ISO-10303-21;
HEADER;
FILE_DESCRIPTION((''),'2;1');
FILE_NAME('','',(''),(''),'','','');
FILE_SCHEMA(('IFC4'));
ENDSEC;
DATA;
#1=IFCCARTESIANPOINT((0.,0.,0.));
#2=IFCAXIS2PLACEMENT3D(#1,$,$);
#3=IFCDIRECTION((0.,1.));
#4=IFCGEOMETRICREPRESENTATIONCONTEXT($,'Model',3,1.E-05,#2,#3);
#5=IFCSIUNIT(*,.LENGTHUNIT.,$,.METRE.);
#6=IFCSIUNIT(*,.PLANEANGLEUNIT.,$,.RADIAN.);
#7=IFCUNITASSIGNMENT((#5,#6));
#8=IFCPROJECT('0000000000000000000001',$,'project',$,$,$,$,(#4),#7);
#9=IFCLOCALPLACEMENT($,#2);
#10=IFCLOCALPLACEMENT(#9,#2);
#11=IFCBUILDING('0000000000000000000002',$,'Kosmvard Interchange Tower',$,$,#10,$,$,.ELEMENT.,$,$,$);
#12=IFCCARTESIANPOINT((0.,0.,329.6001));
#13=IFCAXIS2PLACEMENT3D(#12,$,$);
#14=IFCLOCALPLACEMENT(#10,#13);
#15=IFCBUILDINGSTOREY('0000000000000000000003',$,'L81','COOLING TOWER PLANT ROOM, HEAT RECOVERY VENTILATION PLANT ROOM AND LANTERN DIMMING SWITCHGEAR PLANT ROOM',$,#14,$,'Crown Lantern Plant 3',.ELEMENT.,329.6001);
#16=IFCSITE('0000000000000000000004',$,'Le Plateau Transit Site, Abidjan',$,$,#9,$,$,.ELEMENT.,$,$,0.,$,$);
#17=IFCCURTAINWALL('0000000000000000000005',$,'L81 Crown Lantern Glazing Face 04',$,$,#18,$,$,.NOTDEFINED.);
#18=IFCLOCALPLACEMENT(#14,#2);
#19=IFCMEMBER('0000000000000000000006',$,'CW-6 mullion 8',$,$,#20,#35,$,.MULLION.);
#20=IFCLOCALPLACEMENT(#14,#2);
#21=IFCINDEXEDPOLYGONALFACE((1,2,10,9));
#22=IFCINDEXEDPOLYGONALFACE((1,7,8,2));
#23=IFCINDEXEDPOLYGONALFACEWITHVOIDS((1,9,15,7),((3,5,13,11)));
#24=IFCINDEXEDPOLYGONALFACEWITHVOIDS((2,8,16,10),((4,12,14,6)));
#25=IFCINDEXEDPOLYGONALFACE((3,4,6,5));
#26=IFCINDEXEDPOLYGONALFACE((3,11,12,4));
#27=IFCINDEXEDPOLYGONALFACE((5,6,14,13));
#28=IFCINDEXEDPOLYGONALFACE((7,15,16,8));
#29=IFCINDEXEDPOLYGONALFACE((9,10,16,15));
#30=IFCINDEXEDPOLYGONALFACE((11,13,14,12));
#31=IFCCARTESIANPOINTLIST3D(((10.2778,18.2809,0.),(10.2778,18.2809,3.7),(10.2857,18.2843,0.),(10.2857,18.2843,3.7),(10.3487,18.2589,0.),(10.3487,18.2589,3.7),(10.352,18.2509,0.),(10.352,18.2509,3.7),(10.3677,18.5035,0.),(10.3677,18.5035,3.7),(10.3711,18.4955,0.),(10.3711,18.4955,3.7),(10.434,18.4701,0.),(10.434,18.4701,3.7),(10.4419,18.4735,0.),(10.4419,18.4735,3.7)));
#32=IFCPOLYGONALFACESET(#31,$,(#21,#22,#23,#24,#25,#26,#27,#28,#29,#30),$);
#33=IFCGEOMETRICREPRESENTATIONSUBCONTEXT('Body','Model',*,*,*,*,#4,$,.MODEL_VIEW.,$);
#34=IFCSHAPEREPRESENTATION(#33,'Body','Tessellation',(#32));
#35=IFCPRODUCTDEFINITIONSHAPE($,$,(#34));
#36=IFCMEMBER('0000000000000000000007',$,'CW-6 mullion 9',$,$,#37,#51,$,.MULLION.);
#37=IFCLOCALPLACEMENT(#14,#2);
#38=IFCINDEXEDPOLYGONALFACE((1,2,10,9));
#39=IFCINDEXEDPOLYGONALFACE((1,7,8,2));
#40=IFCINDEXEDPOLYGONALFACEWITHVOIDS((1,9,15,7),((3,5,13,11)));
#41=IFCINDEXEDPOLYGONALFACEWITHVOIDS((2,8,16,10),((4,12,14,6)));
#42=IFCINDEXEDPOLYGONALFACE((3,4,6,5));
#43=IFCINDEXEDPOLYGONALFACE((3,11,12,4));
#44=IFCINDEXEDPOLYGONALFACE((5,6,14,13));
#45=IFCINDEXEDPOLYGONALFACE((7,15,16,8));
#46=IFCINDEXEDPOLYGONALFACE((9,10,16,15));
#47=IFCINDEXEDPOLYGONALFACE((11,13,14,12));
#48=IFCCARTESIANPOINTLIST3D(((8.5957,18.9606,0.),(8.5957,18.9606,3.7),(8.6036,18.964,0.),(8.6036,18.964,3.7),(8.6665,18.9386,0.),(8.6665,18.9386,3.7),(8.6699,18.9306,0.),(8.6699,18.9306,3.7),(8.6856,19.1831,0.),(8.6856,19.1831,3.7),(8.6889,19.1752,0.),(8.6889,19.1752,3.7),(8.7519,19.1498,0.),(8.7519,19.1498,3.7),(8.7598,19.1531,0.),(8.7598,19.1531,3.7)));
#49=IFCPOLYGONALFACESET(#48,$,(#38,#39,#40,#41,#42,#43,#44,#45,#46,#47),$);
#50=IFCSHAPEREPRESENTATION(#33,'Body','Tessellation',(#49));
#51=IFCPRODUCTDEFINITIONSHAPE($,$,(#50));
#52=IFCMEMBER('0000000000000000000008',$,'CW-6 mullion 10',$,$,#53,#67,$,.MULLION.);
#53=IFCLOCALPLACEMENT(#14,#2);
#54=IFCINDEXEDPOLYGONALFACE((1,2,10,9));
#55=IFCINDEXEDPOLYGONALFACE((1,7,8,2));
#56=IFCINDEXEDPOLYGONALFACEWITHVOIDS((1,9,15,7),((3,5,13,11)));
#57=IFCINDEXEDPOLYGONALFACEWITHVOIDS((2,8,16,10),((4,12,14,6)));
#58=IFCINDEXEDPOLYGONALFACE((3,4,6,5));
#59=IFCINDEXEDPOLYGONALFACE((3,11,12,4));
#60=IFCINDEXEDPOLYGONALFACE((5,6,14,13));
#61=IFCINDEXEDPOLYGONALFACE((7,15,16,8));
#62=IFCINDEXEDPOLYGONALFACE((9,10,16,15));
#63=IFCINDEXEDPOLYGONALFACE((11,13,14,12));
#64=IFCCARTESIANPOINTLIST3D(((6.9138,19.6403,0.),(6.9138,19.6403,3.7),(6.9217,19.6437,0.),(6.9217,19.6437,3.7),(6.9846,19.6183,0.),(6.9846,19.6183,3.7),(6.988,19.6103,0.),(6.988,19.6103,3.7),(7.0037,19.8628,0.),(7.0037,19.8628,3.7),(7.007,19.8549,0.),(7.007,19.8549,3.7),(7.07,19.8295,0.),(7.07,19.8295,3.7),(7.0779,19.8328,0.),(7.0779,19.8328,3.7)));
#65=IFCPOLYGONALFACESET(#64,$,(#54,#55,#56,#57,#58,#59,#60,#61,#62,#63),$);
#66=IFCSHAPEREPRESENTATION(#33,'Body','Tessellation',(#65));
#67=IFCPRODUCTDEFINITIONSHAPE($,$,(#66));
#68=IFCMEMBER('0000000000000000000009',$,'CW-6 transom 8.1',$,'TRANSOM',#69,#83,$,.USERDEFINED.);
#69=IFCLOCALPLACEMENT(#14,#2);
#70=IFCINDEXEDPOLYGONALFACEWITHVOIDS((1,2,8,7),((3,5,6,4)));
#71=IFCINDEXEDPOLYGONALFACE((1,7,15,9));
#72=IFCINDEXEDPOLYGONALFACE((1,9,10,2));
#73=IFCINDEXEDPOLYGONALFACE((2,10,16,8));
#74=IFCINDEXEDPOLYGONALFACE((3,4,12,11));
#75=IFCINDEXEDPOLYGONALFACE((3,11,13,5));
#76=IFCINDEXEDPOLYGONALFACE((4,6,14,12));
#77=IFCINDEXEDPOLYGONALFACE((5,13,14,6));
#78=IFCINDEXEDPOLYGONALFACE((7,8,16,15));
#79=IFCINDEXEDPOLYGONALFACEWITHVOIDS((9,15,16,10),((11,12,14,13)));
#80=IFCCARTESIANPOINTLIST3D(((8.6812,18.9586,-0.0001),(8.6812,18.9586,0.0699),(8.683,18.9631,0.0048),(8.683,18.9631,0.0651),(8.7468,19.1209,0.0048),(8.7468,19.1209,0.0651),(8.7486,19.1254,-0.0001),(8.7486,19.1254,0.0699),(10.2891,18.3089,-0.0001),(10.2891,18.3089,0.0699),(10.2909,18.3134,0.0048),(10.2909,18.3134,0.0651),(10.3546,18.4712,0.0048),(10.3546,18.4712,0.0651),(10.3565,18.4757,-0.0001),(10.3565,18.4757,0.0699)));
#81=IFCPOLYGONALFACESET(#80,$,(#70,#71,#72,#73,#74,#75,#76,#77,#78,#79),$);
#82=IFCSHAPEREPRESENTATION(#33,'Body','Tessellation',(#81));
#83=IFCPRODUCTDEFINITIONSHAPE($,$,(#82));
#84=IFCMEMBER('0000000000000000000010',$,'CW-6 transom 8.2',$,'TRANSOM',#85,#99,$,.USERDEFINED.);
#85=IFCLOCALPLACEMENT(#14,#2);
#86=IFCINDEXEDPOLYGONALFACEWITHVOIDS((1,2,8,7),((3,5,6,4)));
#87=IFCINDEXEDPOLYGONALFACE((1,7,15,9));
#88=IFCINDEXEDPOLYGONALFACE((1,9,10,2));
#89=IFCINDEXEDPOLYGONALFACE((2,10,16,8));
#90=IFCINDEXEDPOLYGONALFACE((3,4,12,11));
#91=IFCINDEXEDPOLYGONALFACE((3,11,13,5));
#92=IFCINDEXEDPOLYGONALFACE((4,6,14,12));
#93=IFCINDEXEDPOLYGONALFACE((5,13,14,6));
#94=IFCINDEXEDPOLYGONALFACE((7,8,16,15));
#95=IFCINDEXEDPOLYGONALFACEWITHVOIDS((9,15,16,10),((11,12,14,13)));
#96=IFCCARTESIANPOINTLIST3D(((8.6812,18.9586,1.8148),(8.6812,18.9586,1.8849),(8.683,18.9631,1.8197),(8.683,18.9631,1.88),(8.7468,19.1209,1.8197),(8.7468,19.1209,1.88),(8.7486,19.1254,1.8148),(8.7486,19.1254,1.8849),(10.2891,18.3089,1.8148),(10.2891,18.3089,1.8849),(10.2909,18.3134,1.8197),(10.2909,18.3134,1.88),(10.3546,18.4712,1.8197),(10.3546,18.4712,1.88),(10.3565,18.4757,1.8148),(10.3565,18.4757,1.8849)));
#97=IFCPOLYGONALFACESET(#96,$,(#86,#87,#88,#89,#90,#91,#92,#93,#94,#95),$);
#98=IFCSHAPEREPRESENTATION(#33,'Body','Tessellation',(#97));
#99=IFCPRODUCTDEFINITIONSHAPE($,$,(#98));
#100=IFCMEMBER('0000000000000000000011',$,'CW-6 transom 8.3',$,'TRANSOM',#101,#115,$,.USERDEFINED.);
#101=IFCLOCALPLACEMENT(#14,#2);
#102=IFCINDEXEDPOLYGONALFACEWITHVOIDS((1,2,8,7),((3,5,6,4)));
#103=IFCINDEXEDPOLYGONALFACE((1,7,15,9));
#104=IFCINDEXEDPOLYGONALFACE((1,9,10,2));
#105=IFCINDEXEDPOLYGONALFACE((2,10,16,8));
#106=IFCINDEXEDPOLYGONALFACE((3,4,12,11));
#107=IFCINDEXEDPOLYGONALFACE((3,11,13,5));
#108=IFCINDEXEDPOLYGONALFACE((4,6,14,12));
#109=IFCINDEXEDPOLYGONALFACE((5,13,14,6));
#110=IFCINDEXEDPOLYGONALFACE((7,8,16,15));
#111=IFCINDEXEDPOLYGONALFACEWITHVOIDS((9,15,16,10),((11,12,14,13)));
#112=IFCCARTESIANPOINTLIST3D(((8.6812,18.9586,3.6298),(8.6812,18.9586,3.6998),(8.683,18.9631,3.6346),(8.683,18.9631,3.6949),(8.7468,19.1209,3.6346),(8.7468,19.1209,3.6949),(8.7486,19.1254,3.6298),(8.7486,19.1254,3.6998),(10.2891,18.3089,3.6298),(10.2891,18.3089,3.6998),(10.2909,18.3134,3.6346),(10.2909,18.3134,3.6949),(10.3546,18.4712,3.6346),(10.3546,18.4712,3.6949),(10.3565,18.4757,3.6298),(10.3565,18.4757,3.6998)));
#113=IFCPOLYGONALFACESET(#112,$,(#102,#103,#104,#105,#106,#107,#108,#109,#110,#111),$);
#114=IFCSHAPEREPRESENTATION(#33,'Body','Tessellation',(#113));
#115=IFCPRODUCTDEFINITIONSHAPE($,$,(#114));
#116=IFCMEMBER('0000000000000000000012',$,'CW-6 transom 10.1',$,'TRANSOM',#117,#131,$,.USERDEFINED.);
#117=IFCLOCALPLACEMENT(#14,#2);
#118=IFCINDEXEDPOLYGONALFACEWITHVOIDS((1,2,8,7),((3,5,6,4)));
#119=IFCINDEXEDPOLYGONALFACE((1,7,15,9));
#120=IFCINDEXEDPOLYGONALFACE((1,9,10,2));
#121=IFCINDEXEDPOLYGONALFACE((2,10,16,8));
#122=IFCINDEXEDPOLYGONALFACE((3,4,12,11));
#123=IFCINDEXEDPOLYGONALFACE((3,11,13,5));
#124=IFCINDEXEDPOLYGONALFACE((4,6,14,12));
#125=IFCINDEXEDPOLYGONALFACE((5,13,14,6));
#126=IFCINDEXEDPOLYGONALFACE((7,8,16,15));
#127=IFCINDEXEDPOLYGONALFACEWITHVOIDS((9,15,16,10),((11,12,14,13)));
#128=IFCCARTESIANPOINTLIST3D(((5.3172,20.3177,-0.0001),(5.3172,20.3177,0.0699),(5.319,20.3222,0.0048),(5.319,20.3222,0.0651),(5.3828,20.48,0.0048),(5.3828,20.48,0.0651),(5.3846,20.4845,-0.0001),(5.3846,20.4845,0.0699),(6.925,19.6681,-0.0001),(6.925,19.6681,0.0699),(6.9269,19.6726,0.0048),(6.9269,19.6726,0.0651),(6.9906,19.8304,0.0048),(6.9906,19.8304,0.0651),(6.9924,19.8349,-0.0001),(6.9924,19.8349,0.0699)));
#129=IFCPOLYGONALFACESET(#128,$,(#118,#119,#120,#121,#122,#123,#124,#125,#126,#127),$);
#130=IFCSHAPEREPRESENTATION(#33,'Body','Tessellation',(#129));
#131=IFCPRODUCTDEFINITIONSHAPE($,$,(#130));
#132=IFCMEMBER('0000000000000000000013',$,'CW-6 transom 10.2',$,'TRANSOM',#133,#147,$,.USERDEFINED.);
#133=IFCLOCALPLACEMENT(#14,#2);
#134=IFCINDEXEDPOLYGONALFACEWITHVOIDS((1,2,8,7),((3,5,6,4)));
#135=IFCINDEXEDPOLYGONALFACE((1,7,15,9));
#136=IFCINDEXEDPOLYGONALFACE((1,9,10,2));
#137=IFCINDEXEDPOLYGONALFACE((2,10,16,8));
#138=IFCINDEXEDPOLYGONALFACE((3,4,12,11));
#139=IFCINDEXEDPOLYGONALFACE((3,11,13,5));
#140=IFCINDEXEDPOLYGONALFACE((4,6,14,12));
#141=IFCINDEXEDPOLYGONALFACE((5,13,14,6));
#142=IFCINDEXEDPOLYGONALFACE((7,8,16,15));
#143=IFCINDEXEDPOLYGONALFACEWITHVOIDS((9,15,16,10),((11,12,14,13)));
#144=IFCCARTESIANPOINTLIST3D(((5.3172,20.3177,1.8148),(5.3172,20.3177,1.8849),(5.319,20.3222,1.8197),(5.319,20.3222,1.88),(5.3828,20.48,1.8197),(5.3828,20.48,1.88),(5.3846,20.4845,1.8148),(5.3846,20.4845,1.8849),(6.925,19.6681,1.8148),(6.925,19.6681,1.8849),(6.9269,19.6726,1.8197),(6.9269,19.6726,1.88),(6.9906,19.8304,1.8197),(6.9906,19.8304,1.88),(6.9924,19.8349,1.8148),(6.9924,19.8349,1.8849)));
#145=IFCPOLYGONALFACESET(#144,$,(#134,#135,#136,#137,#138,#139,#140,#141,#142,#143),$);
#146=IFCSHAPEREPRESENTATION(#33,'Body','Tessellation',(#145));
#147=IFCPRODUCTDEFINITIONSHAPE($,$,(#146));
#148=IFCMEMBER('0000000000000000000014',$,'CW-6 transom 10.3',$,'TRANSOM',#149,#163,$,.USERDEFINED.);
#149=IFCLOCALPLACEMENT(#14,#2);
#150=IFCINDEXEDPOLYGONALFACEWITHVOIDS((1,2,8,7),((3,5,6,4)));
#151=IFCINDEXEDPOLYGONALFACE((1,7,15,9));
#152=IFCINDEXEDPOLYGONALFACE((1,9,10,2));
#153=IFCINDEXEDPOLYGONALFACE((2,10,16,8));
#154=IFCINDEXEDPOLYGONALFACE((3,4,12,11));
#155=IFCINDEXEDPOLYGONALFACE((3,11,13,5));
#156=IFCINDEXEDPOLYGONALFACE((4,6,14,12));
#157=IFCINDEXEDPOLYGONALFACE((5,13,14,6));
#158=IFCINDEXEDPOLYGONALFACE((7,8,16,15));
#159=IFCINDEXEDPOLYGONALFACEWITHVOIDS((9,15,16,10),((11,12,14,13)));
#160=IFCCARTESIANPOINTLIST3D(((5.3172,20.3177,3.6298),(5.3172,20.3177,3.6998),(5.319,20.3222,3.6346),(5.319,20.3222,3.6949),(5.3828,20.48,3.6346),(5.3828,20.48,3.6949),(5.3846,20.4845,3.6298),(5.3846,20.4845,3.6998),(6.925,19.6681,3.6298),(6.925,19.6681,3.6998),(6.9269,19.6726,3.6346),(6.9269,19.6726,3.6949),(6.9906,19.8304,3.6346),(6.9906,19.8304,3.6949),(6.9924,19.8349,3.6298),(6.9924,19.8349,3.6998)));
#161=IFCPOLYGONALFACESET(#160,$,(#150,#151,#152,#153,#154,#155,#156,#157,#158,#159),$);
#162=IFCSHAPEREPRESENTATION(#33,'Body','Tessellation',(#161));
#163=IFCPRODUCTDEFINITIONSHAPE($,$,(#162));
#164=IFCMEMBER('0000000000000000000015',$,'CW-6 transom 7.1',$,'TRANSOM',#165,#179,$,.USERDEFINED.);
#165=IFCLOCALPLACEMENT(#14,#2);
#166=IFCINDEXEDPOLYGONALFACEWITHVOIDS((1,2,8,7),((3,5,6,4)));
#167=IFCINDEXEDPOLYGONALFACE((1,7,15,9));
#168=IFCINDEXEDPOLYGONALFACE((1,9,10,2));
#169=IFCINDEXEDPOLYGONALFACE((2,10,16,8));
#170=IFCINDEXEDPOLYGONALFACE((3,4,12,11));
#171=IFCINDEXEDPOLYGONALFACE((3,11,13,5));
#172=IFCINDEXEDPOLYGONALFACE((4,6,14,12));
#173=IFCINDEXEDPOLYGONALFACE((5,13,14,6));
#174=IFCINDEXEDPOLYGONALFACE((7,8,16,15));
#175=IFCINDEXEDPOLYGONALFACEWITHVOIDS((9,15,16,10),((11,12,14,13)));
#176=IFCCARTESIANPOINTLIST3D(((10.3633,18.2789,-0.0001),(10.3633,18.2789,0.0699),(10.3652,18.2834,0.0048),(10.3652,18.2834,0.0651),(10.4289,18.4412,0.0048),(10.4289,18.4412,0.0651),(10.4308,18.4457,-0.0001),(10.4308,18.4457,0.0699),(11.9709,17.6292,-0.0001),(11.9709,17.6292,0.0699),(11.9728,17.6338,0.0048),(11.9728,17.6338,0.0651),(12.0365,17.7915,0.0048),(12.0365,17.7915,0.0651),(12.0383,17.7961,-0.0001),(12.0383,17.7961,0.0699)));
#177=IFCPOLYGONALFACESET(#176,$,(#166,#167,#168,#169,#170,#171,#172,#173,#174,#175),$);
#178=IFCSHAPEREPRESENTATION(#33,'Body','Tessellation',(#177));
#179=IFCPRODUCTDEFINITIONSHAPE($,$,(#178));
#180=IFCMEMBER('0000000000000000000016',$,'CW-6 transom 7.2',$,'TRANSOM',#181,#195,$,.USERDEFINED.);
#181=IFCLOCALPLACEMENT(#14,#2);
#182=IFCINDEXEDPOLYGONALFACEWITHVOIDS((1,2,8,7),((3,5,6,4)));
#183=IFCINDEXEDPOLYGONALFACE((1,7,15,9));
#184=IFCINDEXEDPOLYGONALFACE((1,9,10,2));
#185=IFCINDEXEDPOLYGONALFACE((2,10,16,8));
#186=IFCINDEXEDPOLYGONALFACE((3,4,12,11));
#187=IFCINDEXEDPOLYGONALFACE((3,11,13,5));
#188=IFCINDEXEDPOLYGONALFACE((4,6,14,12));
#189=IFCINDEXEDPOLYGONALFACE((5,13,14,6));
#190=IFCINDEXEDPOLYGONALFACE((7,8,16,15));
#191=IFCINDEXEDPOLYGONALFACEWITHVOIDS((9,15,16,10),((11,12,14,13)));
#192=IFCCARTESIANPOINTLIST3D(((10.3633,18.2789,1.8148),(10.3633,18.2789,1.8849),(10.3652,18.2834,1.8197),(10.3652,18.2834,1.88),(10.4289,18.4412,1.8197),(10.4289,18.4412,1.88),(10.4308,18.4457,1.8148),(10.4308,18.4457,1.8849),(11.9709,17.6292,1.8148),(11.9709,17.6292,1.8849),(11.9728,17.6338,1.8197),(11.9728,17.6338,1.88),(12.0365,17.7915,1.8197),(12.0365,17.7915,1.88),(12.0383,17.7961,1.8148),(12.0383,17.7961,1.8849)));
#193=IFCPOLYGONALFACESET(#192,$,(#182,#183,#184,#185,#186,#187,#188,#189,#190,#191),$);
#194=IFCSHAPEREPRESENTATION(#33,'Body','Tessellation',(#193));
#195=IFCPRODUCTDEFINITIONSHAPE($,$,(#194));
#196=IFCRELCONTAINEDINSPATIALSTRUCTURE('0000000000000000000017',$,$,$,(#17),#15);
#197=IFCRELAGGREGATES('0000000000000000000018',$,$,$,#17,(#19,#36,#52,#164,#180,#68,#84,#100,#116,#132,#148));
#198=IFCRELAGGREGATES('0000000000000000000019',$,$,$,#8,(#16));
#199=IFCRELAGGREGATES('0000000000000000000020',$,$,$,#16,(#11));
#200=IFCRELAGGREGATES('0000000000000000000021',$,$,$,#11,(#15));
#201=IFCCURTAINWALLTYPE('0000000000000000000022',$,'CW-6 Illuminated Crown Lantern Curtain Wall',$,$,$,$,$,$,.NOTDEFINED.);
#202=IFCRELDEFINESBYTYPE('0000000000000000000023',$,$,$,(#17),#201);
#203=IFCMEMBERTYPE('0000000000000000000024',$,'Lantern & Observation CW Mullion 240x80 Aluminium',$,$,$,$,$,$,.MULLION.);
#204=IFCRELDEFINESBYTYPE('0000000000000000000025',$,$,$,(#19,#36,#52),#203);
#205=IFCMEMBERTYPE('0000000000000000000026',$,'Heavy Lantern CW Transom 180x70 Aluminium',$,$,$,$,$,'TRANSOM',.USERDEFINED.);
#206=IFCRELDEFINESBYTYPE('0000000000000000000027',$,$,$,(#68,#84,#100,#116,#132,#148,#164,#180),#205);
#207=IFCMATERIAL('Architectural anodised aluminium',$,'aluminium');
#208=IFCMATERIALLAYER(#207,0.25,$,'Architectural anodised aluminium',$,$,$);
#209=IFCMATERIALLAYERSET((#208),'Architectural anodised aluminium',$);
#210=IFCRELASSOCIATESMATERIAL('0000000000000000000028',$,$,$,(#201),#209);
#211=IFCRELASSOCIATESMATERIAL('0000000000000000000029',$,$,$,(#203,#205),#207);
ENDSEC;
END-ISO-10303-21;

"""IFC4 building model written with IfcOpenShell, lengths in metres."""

from ifc_helpers import new_model, si_unit, direction, frame, origin, origin_2d, place, context, subcontext, project, spatial, hollow_rectangle, extrude, source, transform, mapped, material, layer, layer_set, material_profile, profile_set, type_object, element, aggregate, save


model = new_model("IFC4")

# Units and contexts
model_context = context("Model", 3, precision=1e-05, world=origin(), true_north=direction((0.0, 1.0)))
body_context = subcontext(model_context, "Body", "Model", "MODEL_VIEW")
ifc_project = project(units=[si_unit("LENGTHUNIT", "METRE"), si_unit("PLANEANGLEUNIT", "RADIAN")], contexts=[model_context])

# Site, building, storey
site_placement = place(None, origin())
site = spatial("IfcSite", under=ifc_project, at=site_placement, Name="Le Plateau Transit Site, Abidjan", CompositionType="ELEMENT", RefElevation=0.0)
building_placement = place(site_placement, origin())
building = spatial("IfcBuilding", under=site, at=building_placement, Name="Kosmvard Interchange Tower", CompositionType="ELEMENT")
storey_placement = place(building_placement, frame((0.0, 0.0, 329.6001)))
storey = spatial("IfcBuildingStorey", under=building, at=storey_placement, Name="L81", Description="COOLING TOWER PLANT ROOM, HEAT RECOVERY VENTILATION PLANT ROOM AND LANTERN DIMMING SWITCHGEAR PLANT ROOM", LongName="Crown Lantern Plant 3", CompositionType="ELEMENT", Elevation=329.6001)

# Curtain wall, members
ifc_material_1 = material(Name="Architectural anodised aluminium", Category="aluminium")
ifc_layer_1 = layer(ifc_material_1, 0.25, Name="Architectural anodised aluminium")
ifc_layer_set_1 = layer_set([ifc_layer_1], Name="Architectural anodised aluminium")
curtain_wall_type = type_object("IfcCurtainWallType", Name="CW-6 Illuminated Crown Lantern Curtain Wall", PredefinedType="NOTDEFINED", material=ifc_layer_set_1)
curtain_wall_placement = place(storey_placement, origin())
curtain_wall = element("IfcCurtainWall", 1, at=curtain_wall_placement, inside=storey, type_object=curtain_wall_type, Name="L81 Crown Lantern Glazing Face 04", PredefinedType="NOTDEFINED")
ifc_material_profile_1 = material_profile(ifc_material_1, hollow_rectangle(XDim=0.24, YDim=0.0801, WallThickness=0.0061, at=origin_2d()), Name="CWM 240x80x6")
ifc_profile_set_1 = profile_set([ifc_material_profile_1], Name="Architectural anodised aluminium")
member_type_1 = type_object("IfcMemberType", Name="Lantern & Observation CW Mullion 240x80 Aluminium", PredefinedType="MULLION", material=ifc_profile_set_1)
shared_shape_1 = source(origin(), body_context, "Body", "SweptSolid", [
    extrude(hollow_rectangle(XDim=0.24, YDim=0.0801, WallThickness=0.0061, at=origin_2d()), origin(), (0.0, 0.0, 1.0), 3.7),
])
member_1_placement = place(storey_placement, frame((10.3599, 18.3772, 0.0), z_axis=(0.0, 0.0, 1.0), x_axis=(-0.374607, -0.927184, 0.0)))
member_1 = element("IfcMember", 2, at=member_1_placement, type_object=member_type_1, Name="CW-6 mullion 8", PredefinedType="MULLION", context=body_context, shape_type="MappedRepresentation", body=[
    mapped(shared_shape_1, transform((0.0, 0.0, 0.0), scale=1.0)),
])
member_2_placement = place(storey_placement, frame((8.6777, 19.0569, 0.0), z_axis=(0.0, 0.0, 1.0), x_axis=(-0.374607, -0.927184, 0.0)))
member_2 = element("IfcMember", 3, at=member_2_placement, type_object=member_type_1, Name="CW-6 mullion 9", PredefinedType="MULLION", context=body_context, shape_type="MappedRepresentation", body=[
    mapped(shared_shape_1, transform((0.0, 0.0, 0.0), scale=1.0)),
])
member_3_placement = place(storey_placement, frame((6.9958, 19.7366, 0.0), z_axis=(0.0, 0.0, 1.0), x_axis=(-0.374607, -0.927184, 0.0)))
member_3 = element("IfcMember", 4, at=member_3_placement, type_object=member_type_1, Name="CW-6 mullion 10", PredefinedType="MULLION", context=body_context, shape_type="MappedRepresentation", body=[
    mapped(shared_shape_1, transform((0.0, 0.0, 0.0), scale=1.0)),
])
ifc_material_profile_2 = material_profile(ifc_material_1, hollow_rectangle(XDim=0.1799, YDim=0.0701, WallThickness=0.0049, at=origin_2d()), Name="CWT 180x70x5")
ifc_profile_set_2 = profile_set([ifc_material_profile_2], Name="Architectural anodised aluminium")
member_type_2 = type_object("IfcMemberType", Name="Heavy Lantern CW Transom 180x70 Aluminium", ElementType="TRANSOM", PredefinedType="USERDEFINED", material=ifc_profile_set_2)
shared_shape_2 = source(origin(), body_context, "Body", "SweptSolid", [
    extrude(hollow_rectangle(XDim=0.1799, YDim=0.0701, WallThickness=0.0049, at=origin_2d()), origin(), (0.0, 0.0, 1.0), 1.7341),
])
member_4_placement = place(storey_placement, frame((10.3228, 18.3923, 0.0349), z_axis=(-0.92718, 0.374617, 0.0), x_axis=(-0.374617, -0.92718, 0.0)))
member_4 = element("IfcMember", 5, at=member_4_placement, type_object=member_type_2, Name="CW-6 transom 8.1", ObjectType="TRANSOM", PredefinedType="USERDEFINED", context=body_context, shape_type="MappedRepresentation", body=[
    mapped(shared_shape_2, transform((0.0, 0.0, 0.0), scale=1.0)),
])
member_5_placement = place(storey_placement, frame((10.3228, 18.3923, 1.8499), z_axis=(-0.92718, 0.374617, 0.0), x_axis=(-0.374617, -0.92718, 0.0)))
member_5 = element("IfcMember", 6, at=member_5_placement, type_object=member_type_2, Name="CW-6 transom 8.2", ObjectType="TRANSOM", PredefinedType="USERDEFINED", context=body_context, shape_type="MappedRepresentation", body=[
    mapped(shared_shape_2, transform((0.0, 0.0, 0.0), scale=1.0)),
])
member_6_placement = place(storey_placement, frame((10.3228, 18.3923, 3.6648), z_axis=(-0.92718, 0.374617, 0.0), x_axis=(-0.374617, -0.92718, 0.0)))
member_6 = element("IfcMember", 7, at=member_6_placement, type_object=member_type_2, Name="CW-6 transom 8.3", ObjectType="TRANSOM", PredefinedType="USERDEFINED", context=body_context, shape_type="MappedRepresentation", body=[
    mapped(shared_shape_2, transform((0.0, 0.0, 0.0), scale=1.0)),
])
member_7_placement = place(storey_placement, frame((6.9587, 19.7515, 0.0349), z_axis=(-0.92718, 0.374617, 0.0), x_axis=(-0.374617, -0.92718, 0.0)))
member_7 = element("IfcMember", 8, at=member_7_placement, type_object=member_type_2, Name="CW-6 transom 10.1", ObjectType="TRANSOM", PredefinedType="USERDEFINED", context=body_context, shape_type="MappedRepresentation", body=[
    mapped(shared_shape_2, transform((0.0, 0.0, 0.0), scale=1.0)),
])
member_8_placement = place(storey_placement, frame((6.9587, 19.7515, 1.8499), z_axis=(-0.92718, 0.374617, 0.0), x_axis=(-0.374617, -0.92718, 0.0)))
member_8 = element("IfcMember", 9, at=member_8_placement, type_object=member_type_2, Name="CW-6 transom 10.2", ObjectType="TRANSOM", PredefinedType="USERDEFINED", context=body_context, shape_type="MappedRepresentation", body=[
    mapped(shared_shape_2, transform((0.0, 0.0, 0.0), scale=1.0)),
])
member_9_placement = place(storey_placement, frame((6.9587, 19.7515, 3.6648), z_axis=(-0.92718, 0.374617, 0.0), x_axis=(-0.374617, -0.92718, 0.0)))
member_9 = element("IfcMember", 10, at=member_9_placement, type_object=member_type_2, Name="CW-6 transom 10.3", ObjectType="TRANSOM", PredefinedType="USERDEFINED", context=body_context, shape_type="MappedRepresentation", body=[
    mapped(shared_shape_2, transform((0.0, 0.0, 0.0), scale=1.0)),
])
shared_shape_3 = source(origin(), body_context, "Body", "SweptSolid", [
    extrude(hollow_rectangle(XDim=0.1799, YDim=0.0701, WallThickness=0.0049, at=origin_2d()), origin(), (0.0, 0.0, 1.0), 1.7339),
])
member_10_placement = place(storey_placement, frame((12.0046, 17.7126, 0.0349), z_axis=(-0.92716, 0.374666, 0.0), x_axis=(-0.374666, -0.92716, 0.0)))
member_10 = element("IfcMember", 11, at=member_10_placement, type_object=member_type_2, Name="CW-6 transom 7.1", ObjectType="TRANSOM", PredefinedType="USERDEFINED", context=body_context, shape_type="MappedRepresentation", body=[
    mapped(shared_shape_3, transform((0.0, 0.0, 0.0), scale=1.0)),
])
member_11_placement = place(storey_placement, frame((12.0046, 17.7126, 1.8499), z_axis=(-0.92716, 0.374666, 0.0), x_axis=(-0.374666, -0.92716, 0.0)))
member_11 = element("IfcMember", 12, at=member_11_placement, type_object=member_type_2, Name="CW-6 transom 7.2", ObjectType="TRANSOM", PredefinedType="USERDEFINED", context=body_context, shape_type="MappedRepresentation", body=[
    mapped(shared_shape_3, transform((0.0, 0.0, 0.0), scale=1.0)),
])
aggregate(curtain_wall, [member_1, member_2, member_3, member_10, member_11, member_4, member_5, member_6, member_7, member_8, member_9])

save(model, "model.ifc")
